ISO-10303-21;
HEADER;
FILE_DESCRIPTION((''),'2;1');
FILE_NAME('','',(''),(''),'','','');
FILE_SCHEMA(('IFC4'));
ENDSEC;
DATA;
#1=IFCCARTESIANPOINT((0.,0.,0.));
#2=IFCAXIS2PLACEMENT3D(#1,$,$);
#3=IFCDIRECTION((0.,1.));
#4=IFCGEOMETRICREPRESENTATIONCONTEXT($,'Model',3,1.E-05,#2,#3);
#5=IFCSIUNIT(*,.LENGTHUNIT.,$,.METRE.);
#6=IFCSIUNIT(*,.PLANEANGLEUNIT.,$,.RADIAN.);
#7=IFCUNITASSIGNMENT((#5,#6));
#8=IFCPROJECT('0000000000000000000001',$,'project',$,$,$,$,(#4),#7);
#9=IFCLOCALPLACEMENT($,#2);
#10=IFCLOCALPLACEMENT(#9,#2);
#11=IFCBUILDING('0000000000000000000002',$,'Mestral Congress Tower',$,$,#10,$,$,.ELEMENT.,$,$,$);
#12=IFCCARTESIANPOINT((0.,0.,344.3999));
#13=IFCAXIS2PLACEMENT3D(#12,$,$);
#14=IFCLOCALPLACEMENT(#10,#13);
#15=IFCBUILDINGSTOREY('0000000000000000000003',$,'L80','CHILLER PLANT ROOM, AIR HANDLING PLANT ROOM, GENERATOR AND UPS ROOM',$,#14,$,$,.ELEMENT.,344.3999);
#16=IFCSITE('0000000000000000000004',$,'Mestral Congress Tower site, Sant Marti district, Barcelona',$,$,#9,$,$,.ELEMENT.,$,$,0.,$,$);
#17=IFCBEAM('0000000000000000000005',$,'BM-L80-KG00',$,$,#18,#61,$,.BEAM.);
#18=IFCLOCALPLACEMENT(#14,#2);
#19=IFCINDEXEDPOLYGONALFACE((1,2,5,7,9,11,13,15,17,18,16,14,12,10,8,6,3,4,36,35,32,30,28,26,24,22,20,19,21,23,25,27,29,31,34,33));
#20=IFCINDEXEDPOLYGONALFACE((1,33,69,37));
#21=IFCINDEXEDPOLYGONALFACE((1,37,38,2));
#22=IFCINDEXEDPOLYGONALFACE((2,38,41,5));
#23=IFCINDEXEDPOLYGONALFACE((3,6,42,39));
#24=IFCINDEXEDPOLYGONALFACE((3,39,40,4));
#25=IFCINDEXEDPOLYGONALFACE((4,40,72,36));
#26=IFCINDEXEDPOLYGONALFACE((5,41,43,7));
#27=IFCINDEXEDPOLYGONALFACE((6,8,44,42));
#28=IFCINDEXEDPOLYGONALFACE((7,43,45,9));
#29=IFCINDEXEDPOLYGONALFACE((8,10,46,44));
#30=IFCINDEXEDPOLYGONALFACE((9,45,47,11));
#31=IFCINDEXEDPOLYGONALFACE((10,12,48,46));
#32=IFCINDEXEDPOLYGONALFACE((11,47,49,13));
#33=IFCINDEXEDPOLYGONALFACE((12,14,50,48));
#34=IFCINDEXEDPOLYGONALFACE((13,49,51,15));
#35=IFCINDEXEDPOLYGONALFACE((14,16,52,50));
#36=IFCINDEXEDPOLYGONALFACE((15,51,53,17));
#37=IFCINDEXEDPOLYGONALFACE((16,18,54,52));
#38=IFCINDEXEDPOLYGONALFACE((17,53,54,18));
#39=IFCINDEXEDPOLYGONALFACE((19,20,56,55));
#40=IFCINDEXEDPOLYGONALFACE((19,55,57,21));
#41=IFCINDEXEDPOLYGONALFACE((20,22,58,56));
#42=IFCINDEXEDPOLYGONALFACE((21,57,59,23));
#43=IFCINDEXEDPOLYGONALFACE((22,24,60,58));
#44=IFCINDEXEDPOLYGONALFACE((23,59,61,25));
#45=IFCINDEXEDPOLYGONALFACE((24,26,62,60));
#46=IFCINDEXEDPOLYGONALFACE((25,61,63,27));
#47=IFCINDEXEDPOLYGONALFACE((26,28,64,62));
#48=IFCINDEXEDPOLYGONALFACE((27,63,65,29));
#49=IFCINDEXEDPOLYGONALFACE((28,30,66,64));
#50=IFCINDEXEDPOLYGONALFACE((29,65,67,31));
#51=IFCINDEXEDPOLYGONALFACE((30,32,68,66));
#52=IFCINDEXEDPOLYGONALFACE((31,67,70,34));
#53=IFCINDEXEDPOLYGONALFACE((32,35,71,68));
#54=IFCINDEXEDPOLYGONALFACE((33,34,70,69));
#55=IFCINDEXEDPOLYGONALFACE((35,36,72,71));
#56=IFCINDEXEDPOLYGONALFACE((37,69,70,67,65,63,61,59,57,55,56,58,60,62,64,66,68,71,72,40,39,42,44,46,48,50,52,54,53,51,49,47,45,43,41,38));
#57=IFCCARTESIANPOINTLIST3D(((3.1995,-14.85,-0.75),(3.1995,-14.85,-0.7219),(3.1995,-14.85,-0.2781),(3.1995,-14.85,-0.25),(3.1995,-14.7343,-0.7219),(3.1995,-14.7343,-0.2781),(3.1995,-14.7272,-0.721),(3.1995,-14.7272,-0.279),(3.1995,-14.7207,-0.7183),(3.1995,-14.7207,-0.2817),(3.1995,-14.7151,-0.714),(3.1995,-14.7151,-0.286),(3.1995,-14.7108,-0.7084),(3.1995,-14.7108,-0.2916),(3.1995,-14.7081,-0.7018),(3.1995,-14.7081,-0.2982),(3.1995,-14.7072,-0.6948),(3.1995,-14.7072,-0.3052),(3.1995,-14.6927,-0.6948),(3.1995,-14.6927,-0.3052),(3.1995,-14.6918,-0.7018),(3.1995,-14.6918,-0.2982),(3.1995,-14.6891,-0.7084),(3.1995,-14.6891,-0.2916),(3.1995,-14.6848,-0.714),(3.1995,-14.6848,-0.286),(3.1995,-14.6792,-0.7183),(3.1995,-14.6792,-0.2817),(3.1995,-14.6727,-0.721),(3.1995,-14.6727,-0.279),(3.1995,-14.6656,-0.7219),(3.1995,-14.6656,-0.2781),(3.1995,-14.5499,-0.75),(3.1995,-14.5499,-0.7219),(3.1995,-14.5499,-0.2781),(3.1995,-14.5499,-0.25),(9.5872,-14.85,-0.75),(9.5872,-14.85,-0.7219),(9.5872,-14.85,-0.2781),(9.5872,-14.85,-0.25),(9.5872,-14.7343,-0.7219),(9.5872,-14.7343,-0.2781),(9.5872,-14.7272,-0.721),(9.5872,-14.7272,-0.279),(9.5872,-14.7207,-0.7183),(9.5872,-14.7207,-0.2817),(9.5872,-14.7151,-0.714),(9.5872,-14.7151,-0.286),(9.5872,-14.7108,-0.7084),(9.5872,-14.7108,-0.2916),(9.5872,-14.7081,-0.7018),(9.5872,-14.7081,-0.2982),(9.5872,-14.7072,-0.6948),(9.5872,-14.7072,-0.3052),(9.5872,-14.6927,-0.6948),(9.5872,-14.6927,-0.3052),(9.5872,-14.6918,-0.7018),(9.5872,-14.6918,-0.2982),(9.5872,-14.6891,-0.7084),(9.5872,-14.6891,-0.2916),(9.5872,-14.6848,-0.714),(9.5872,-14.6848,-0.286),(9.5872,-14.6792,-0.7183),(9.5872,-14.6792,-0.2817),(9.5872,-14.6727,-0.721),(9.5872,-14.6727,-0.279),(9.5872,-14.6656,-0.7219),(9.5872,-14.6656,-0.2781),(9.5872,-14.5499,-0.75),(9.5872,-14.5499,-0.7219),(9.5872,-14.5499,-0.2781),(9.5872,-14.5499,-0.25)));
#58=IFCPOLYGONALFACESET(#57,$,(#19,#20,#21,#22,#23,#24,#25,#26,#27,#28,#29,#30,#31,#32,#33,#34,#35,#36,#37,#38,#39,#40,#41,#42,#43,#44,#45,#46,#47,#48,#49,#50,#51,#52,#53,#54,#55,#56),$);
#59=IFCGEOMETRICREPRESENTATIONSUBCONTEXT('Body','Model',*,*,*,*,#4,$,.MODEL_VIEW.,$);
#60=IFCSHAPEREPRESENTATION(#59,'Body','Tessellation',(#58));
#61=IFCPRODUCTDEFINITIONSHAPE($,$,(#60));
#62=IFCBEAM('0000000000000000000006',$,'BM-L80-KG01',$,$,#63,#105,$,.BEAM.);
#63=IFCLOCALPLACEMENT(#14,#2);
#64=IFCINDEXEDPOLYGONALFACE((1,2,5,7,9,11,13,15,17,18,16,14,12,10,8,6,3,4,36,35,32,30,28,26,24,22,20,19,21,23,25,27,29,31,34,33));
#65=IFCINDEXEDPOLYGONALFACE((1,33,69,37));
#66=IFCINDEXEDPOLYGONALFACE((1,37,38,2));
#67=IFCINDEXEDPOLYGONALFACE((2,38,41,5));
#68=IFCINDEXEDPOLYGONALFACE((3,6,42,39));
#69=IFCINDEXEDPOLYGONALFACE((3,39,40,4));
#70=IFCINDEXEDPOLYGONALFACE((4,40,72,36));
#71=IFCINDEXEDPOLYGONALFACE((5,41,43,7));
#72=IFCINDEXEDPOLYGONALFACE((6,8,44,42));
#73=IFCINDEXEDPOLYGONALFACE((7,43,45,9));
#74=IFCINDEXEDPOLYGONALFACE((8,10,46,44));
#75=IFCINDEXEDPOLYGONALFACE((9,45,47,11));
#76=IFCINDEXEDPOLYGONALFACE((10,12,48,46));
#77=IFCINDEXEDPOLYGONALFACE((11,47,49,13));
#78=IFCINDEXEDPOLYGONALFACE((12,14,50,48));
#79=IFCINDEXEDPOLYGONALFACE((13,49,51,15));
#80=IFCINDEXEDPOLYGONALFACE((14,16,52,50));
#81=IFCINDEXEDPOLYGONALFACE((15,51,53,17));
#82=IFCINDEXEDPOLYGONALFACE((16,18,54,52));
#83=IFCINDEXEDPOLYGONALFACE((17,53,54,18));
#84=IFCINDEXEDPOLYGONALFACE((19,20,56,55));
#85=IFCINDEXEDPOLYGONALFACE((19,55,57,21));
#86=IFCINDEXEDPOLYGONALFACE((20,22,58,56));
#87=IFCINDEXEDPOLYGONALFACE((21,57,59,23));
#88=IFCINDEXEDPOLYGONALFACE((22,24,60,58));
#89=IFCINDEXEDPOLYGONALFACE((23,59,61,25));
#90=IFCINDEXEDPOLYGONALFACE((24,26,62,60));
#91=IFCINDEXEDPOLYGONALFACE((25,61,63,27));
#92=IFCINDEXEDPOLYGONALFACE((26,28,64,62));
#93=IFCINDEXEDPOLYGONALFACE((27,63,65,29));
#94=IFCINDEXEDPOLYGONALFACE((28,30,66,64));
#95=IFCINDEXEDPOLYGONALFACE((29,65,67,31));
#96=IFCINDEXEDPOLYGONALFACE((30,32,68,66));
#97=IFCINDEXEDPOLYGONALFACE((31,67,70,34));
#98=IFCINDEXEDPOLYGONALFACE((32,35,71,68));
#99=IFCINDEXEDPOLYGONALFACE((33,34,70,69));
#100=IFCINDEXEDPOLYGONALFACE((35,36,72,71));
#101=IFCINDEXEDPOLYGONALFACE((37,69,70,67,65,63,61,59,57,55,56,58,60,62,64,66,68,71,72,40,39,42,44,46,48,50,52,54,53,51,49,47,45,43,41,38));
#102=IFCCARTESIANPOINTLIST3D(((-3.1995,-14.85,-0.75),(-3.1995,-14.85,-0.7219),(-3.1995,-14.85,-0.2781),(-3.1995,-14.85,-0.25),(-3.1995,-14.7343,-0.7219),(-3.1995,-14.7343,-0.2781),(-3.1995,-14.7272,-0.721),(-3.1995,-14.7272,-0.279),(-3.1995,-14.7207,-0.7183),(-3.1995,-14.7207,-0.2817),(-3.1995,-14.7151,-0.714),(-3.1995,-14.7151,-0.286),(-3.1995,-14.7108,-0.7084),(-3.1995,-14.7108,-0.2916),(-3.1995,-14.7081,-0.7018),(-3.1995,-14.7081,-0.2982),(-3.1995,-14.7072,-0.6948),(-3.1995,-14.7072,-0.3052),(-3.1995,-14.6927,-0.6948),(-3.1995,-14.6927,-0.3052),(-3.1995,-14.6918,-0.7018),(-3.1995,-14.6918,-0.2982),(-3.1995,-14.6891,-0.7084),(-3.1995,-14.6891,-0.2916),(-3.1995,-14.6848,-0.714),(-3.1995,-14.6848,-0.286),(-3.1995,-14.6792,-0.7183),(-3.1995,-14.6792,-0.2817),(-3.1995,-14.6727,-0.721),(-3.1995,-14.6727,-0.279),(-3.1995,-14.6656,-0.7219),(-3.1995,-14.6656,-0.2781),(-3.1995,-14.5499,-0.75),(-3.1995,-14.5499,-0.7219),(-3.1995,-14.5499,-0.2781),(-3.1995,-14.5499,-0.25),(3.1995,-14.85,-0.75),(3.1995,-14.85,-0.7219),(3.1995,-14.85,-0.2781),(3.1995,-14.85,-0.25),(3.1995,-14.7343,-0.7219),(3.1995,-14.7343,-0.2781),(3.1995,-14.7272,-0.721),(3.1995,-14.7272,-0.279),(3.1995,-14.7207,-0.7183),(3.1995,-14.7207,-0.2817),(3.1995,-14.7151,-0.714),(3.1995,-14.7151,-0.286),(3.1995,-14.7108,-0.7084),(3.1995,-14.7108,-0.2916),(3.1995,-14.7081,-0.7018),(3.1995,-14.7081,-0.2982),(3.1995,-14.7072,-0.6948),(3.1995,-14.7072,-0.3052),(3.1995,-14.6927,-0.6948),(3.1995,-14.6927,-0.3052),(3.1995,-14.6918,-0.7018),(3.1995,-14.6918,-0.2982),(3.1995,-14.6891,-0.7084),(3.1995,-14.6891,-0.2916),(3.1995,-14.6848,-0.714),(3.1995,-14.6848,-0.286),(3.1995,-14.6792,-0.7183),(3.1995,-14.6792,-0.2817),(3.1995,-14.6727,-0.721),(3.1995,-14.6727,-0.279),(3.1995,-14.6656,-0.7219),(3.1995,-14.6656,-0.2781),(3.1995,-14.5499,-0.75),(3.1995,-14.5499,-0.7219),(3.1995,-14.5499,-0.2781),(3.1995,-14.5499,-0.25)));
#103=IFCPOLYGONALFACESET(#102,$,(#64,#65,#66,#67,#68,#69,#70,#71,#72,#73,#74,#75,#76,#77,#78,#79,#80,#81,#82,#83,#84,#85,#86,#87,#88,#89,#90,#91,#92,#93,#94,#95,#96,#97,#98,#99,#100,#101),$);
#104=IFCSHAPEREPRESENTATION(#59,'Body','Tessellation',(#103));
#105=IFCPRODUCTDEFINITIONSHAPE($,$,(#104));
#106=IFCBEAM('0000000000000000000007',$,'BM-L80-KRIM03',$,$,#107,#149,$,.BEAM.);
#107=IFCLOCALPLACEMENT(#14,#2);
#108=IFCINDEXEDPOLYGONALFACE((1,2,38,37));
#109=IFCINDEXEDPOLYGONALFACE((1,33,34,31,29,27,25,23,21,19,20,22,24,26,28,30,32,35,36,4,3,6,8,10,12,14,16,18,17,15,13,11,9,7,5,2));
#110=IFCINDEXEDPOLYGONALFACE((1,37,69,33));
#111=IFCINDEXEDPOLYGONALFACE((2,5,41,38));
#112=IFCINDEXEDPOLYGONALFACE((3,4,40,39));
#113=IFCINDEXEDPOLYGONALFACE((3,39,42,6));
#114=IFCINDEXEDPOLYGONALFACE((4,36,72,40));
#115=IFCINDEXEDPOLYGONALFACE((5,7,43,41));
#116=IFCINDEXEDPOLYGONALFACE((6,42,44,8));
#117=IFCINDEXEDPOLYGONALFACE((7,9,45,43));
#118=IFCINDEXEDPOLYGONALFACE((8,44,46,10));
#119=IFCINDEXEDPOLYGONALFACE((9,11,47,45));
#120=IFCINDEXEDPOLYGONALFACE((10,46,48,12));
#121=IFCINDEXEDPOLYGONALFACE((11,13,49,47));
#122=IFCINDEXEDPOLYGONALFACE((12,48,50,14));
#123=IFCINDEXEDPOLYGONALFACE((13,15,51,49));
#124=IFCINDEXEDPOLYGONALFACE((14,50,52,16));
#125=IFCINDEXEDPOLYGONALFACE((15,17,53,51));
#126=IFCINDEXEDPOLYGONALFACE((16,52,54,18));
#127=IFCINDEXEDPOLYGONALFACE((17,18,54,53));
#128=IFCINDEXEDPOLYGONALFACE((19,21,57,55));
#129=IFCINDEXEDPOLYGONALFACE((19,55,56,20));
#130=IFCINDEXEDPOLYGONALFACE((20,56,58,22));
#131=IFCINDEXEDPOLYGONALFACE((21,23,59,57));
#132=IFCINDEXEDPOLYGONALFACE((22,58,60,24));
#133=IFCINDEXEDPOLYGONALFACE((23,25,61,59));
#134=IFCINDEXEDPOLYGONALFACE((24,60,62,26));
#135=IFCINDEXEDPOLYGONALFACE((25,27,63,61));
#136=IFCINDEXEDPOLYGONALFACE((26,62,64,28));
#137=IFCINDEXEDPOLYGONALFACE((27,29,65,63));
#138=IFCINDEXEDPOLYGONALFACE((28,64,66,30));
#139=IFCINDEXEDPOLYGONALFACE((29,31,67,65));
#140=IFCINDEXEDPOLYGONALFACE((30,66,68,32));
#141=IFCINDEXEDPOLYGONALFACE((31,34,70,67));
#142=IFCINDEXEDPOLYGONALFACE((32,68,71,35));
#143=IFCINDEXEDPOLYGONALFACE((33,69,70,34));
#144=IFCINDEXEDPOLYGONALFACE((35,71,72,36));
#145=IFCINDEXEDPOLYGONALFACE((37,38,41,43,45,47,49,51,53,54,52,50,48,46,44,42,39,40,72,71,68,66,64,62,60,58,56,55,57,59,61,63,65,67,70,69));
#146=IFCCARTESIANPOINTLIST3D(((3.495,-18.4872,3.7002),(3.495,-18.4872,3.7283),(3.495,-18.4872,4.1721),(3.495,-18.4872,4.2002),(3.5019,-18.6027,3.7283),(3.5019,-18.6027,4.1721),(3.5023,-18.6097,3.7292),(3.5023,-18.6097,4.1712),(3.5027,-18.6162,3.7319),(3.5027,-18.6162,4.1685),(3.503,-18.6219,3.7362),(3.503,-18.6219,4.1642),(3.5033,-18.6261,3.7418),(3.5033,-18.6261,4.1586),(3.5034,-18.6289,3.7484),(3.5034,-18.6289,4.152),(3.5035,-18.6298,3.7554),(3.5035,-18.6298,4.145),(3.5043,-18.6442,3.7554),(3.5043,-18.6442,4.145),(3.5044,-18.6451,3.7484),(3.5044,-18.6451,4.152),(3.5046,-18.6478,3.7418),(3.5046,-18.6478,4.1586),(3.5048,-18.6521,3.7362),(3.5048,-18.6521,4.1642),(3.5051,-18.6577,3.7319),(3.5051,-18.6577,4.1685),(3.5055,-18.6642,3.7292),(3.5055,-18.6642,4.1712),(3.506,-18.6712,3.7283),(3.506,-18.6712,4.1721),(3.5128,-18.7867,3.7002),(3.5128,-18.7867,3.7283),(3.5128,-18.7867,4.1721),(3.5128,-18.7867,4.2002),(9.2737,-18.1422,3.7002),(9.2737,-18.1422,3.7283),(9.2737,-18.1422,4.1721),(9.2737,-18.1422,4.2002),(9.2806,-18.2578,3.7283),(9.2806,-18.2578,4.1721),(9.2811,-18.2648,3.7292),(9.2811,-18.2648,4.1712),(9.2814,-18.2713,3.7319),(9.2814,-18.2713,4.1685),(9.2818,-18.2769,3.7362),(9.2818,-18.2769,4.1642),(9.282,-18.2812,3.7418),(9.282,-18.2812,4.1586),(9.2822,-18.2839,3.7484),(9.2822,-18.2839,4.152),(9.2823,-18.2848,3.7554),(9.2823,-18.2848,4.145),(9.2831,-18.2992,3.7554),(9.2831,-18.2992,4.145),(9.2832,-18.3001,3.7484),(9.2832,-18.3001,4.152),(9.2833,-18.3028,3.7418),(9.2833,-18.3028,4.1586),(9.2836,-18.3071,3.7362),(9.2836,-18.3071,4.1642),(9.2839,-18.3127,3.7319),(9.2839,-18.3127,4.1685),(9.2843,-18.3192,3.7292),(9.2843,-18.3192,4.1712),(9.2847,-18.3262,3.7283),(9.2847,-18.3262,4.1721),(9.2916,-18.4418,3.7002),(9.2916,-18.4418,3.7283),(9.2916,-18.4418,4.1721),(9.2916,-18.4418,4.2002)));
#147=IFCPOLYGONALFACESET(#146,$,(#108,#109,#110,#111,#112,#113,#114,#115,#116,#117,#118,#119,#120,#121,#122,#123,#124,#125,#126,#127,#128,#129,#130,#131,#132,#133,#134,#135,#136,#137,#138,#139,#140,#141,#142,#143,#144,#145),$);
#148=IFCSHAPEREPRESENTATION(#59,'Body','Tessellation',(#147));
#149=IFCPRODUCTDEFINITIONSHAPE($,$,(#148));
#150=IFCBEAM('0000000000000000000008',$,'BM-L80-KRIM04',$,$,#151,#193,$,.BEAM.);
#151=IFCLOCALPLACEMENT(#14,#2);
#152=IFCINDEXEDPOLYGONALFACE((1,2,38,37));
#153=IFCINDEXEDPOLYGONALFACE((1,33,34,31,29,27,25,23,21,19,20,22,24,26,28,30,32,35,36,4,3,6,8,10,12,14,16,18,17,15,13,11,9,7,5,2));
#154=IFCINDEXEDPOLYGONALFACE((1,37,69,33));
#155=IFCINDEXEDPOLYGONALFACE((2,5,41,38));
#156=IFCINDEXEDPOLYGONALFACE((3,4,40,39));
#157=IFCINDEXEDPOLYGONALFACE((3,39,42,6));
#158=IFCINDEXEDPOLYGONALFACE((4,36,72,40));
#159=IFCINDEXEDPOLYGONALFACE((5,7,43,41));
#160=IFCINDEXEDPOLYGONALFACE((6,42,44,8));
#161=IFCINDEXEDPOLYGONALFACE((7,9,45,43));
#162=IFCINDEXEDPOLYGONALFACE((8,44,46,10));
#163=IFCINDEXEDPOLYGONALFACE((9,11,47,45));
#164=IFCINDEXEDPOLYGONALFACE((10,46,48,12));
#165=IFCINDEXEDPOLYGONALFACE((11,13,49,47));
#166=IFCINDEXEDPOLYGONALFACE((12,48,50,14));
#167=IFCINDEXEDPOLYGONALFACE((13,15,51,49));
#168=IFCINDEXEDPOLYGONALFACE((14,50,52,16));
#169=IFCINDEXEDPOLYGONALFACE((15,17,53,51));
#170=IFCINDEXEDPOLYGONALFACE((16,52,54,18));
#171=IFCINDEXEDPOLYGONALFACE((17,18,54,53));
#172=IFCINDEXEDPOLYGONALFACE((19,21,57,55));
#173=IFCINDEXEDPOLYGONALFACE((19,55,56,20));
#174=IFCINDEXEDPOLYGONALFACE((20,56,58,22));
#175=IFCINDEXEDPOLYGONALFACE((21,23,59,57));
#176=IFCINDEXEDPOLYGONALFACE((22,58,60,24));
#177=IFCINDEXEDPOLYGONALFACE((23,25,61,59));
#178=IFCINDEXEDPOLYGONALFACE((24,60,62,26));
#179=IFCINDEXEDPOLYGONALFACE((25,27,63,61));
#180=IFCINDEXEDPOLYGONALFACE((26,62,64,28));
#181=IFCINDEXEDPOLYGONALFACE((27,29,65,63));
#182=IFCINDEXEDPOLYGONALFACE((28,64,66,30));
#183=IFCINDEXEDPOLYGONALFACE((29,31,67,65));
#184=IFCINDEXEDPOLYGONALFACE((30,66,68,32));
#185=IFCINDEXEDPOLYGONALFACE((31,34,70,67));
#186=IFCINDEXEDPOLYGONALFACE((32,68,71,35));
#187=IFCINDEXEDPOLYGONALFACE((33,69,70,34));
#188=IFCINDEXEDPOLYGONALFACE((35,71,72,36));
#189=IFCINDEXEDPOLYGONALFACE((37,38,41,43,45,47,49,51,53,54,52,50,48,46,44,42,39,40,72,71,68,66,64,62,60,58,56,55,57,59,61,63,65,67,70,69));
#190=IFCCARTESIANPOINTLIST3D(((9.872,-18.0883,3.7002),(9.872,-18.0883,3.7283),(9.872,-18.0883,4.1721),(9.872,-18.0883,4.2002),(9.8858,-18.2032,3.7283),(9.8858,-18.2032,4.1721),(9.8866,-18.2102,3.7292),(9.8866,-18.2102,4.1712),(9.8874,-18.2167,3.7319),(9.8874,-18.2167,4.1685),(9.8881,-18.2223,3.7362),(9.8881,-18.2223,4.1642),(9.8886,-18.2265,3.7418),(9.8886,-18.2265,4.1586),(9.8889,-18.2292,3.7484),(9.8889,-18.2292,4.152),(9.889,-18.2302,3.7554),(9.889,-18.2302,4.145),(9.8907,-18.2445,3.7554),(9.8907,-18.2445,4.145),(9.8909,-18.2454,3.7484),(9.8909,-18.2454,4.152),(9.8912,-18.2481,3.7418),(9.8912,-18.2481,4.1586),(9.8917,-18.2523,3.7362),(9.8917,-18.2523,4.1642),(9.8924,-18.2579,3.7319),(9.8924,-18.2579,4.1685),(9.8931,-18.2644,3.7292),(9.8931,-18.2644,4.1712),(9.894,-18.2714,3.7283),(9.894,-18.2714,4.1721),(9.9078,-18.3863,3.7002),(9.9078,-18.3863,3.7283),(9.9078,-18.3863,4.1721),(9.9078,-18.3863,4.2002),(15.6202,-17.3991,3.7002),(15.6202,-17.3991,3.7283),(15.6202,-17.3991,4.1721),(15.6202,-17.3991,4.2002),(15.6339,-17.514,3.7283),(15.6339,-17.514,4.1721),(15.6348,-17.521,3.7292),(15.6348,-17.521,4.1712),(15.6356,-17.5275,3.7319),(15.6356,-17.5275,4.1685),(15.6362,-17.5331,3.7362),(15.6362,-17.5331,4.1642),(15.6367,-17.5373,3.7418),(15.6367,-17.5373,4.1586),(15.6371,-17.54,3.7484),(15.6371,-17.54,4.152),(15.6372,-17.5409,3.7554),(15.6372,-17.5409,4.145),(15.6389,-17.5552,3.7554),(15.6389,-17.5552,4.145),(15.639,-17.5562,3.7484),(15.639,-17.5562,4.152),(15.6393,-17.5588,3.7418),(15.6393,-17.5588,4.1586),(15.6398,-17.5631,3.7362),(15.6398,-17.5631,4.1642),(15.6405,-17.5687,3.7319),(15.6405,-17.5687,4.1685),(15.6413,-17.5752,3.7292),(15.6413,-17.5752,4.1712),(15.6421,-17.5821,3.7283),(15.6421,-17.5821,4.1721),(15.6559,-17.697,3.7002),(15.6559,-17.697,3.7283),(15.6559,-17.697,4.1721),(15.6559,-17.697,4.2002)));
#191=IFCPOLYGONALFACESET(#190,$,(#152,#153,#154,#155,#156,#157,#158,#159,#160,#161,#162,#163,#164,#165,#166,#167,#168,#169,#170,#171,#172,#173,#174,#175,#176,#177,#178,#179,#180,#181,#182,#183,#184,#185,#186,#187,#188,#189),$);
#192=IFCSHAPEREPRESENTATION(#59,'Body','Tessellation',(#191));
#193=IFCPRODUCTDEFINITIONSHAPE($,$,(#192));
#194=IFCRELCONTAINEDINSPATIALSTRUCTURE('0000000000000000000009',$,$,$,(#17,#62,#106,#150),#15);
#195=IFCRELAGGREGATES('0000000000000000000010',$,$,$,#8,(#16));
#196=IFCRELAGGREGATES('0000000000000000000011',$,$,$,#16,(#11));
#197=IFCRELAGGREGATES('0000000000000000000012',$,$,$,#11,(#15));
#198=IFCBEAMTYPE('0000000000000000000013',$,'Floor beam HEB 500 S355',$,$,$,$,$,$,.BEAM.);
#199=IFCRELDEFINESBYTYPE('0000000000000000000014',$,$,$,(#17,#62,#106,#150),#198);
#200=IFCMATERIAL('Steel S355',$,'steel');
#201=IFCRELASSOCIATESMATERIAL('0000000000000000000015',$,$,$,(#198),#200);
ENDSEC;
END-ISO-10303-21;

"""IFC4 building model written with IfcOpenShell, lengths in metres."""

from ifc_helpers import new_model, si_unit, direction, frame, origin, origin_2d, place, context, subcontext, project, spatial, i_section, extrude, material, material_profile, profile_set, type_object, element, save


model = new_model("IFC4")

# Units and contexts
model_context = context("Model", 3, precision=1e-05, world=origin(), true_north=direction((0.0, 1.0)))
body_context = subcontext(model_context, "Body", "Model", "MODEL_VIEW")
ifc_project = project(units=[si_unit("LENGTHUNIT", "METRE"), si_unit("PLANEANGLEUNIT", "RADIAN")], contexts=[model_context])

# Site, building, storey
site_placement = place(None, origin())
site = spatial("IfcSite", under=ifc_project, at=site_placement, Name="Mestral Congress Tower site, Sant Marti district, Barcelona", CompositionType="ELEMENT", RefElevation=0.0)
building_placement = place(site_placement, origin())
building = spatial("IfcBuilding", under=site, at=building_placement, Name="Mestral Congress Tower", CompositionType="ELEMENT")
storey_placement = place(building_placement, frame((0.0, 0.0, 344.3999)))
storey = spatial("IfcBuildingStorey", under=building, at=storey_placement, Name="L80", Description="CHILLER PLANT ROOM, AIR HANDLING PLANT ROOM, GENERATOR AND UPS ROOM", CompositionType="ELEMENT", Elevation=344.3999)

# Shared definitions
ifc_material_1 = material(Name="Steel S355", Category="steel")

# Beams
ifc_material_profile_1 = material_profile(ifc_material_1, i_section(OverallWidth=0.3, OverallDepth=0.5, WebThickness=0.0144, FlangeThickness=0.0281, FilletRadius=0.0271, at=origin_2d()), Name="HEB 500")
ifc_profile_set_1 = profile_set([ifc_material_profile_1], Name="Steel S355")
beam_type_1 = type_object("IfcBeamType", Name="Floor beam HEB 500 S355", PredefinedType="BEAM", material=ifc_profile_set_1)
beam_1_placement = place(storey_placement, frame((9.5872, -14.7, -0.5), z_axis=(-1.0, 0.0, 0.0), x_axis=(0.0, -1.0, 0.0)))
element("IfcBeam", 1, at=beam_1_placement, inside=storey, type_object=beam_type_1, Name="BM-L80-KG00", PredefinedType="BEAM", context=body_context, shape_type="SweptSolid", body=[
    extrude(i_section(OverallWidth=0.3, OverallDepth=0.5, WebThickness=0.0144, FlangeThickness=0.0281, FilletRadius=0.0271, at=origin_2d()), origin(), (0.0, 0.0, 1.0), 6.3877),
])
beam_2_placement = place(storey_placement, frame((3.1995, -14.7, -0.5), z_axis=(-1.0, 0.0, 0.0), x_axis=(0.0, -1.0, 0.0)))
element("IfcBeam", 2, at=beam_2_placement, inside=storey, type_object=beam_type_1, Name="BM-L80-KG01", PredefinedType="BEAM", context=body_context, shape_type="SweptSolid", body=[
    extrude(i_section(OverallWidth=0.3, OverallDepth=0.5, WebThickness=0.0144, FlangeThickness=0.0281, FilletRadius=0.0271, at=origin_2d()), origin(), (0.0, 0.0, 1.0), 6.3989),
])
beam_3_placement = place(storey_placement, frame((3.5039, -18.637, 3.9502), z_axis=(0.998223, 0.05959, 0.0), x_axis=(-0.05959, 0.998223, 0.0)))
element("IfcBeam", 3, at=beam_3_placement, inside=storey, type_object=beam_type_1, Name="BM-L80-KRIM03", PredefinedType="BEAM", context=body_context, shape_type="SweptSolid", body=[
    extrude(i_section(OverallWidth=0.3, OverallDepth=0.5, WebThickness=0.0144, FlangeThickness=0.0281, FilletRadius=0.0271, at=origin_2d()), origin(), (0.0, 0.0, 1.0), 5.7891),
])
beam_4_placement = place(storey_placement, frame((9.8899, -18.2373, 3.9502), z_axis=(0.992888, 0.11905, 0.0), x_axis=(-0.11905, 0.992888, 0.0)))
element("IfcBeam", 4, at=beam_4_placement, inside=storey, type_object=beam_type_1, Name="BM-L80-KRIM04", PredefinedType="BEAM", context=body_context, shape_type="SweptSolid", body=[
    extrude(i_section(OverallWidth=0.3, OverallDepth=0.5, WebThickness=0.0144, FlangeThickness=0.0281, FilletRadius=0.0271, at=origin_2d()), origin(), (0.0, 0.0, 1.0), 5.7893),
])

save(model, "model.ifc")
